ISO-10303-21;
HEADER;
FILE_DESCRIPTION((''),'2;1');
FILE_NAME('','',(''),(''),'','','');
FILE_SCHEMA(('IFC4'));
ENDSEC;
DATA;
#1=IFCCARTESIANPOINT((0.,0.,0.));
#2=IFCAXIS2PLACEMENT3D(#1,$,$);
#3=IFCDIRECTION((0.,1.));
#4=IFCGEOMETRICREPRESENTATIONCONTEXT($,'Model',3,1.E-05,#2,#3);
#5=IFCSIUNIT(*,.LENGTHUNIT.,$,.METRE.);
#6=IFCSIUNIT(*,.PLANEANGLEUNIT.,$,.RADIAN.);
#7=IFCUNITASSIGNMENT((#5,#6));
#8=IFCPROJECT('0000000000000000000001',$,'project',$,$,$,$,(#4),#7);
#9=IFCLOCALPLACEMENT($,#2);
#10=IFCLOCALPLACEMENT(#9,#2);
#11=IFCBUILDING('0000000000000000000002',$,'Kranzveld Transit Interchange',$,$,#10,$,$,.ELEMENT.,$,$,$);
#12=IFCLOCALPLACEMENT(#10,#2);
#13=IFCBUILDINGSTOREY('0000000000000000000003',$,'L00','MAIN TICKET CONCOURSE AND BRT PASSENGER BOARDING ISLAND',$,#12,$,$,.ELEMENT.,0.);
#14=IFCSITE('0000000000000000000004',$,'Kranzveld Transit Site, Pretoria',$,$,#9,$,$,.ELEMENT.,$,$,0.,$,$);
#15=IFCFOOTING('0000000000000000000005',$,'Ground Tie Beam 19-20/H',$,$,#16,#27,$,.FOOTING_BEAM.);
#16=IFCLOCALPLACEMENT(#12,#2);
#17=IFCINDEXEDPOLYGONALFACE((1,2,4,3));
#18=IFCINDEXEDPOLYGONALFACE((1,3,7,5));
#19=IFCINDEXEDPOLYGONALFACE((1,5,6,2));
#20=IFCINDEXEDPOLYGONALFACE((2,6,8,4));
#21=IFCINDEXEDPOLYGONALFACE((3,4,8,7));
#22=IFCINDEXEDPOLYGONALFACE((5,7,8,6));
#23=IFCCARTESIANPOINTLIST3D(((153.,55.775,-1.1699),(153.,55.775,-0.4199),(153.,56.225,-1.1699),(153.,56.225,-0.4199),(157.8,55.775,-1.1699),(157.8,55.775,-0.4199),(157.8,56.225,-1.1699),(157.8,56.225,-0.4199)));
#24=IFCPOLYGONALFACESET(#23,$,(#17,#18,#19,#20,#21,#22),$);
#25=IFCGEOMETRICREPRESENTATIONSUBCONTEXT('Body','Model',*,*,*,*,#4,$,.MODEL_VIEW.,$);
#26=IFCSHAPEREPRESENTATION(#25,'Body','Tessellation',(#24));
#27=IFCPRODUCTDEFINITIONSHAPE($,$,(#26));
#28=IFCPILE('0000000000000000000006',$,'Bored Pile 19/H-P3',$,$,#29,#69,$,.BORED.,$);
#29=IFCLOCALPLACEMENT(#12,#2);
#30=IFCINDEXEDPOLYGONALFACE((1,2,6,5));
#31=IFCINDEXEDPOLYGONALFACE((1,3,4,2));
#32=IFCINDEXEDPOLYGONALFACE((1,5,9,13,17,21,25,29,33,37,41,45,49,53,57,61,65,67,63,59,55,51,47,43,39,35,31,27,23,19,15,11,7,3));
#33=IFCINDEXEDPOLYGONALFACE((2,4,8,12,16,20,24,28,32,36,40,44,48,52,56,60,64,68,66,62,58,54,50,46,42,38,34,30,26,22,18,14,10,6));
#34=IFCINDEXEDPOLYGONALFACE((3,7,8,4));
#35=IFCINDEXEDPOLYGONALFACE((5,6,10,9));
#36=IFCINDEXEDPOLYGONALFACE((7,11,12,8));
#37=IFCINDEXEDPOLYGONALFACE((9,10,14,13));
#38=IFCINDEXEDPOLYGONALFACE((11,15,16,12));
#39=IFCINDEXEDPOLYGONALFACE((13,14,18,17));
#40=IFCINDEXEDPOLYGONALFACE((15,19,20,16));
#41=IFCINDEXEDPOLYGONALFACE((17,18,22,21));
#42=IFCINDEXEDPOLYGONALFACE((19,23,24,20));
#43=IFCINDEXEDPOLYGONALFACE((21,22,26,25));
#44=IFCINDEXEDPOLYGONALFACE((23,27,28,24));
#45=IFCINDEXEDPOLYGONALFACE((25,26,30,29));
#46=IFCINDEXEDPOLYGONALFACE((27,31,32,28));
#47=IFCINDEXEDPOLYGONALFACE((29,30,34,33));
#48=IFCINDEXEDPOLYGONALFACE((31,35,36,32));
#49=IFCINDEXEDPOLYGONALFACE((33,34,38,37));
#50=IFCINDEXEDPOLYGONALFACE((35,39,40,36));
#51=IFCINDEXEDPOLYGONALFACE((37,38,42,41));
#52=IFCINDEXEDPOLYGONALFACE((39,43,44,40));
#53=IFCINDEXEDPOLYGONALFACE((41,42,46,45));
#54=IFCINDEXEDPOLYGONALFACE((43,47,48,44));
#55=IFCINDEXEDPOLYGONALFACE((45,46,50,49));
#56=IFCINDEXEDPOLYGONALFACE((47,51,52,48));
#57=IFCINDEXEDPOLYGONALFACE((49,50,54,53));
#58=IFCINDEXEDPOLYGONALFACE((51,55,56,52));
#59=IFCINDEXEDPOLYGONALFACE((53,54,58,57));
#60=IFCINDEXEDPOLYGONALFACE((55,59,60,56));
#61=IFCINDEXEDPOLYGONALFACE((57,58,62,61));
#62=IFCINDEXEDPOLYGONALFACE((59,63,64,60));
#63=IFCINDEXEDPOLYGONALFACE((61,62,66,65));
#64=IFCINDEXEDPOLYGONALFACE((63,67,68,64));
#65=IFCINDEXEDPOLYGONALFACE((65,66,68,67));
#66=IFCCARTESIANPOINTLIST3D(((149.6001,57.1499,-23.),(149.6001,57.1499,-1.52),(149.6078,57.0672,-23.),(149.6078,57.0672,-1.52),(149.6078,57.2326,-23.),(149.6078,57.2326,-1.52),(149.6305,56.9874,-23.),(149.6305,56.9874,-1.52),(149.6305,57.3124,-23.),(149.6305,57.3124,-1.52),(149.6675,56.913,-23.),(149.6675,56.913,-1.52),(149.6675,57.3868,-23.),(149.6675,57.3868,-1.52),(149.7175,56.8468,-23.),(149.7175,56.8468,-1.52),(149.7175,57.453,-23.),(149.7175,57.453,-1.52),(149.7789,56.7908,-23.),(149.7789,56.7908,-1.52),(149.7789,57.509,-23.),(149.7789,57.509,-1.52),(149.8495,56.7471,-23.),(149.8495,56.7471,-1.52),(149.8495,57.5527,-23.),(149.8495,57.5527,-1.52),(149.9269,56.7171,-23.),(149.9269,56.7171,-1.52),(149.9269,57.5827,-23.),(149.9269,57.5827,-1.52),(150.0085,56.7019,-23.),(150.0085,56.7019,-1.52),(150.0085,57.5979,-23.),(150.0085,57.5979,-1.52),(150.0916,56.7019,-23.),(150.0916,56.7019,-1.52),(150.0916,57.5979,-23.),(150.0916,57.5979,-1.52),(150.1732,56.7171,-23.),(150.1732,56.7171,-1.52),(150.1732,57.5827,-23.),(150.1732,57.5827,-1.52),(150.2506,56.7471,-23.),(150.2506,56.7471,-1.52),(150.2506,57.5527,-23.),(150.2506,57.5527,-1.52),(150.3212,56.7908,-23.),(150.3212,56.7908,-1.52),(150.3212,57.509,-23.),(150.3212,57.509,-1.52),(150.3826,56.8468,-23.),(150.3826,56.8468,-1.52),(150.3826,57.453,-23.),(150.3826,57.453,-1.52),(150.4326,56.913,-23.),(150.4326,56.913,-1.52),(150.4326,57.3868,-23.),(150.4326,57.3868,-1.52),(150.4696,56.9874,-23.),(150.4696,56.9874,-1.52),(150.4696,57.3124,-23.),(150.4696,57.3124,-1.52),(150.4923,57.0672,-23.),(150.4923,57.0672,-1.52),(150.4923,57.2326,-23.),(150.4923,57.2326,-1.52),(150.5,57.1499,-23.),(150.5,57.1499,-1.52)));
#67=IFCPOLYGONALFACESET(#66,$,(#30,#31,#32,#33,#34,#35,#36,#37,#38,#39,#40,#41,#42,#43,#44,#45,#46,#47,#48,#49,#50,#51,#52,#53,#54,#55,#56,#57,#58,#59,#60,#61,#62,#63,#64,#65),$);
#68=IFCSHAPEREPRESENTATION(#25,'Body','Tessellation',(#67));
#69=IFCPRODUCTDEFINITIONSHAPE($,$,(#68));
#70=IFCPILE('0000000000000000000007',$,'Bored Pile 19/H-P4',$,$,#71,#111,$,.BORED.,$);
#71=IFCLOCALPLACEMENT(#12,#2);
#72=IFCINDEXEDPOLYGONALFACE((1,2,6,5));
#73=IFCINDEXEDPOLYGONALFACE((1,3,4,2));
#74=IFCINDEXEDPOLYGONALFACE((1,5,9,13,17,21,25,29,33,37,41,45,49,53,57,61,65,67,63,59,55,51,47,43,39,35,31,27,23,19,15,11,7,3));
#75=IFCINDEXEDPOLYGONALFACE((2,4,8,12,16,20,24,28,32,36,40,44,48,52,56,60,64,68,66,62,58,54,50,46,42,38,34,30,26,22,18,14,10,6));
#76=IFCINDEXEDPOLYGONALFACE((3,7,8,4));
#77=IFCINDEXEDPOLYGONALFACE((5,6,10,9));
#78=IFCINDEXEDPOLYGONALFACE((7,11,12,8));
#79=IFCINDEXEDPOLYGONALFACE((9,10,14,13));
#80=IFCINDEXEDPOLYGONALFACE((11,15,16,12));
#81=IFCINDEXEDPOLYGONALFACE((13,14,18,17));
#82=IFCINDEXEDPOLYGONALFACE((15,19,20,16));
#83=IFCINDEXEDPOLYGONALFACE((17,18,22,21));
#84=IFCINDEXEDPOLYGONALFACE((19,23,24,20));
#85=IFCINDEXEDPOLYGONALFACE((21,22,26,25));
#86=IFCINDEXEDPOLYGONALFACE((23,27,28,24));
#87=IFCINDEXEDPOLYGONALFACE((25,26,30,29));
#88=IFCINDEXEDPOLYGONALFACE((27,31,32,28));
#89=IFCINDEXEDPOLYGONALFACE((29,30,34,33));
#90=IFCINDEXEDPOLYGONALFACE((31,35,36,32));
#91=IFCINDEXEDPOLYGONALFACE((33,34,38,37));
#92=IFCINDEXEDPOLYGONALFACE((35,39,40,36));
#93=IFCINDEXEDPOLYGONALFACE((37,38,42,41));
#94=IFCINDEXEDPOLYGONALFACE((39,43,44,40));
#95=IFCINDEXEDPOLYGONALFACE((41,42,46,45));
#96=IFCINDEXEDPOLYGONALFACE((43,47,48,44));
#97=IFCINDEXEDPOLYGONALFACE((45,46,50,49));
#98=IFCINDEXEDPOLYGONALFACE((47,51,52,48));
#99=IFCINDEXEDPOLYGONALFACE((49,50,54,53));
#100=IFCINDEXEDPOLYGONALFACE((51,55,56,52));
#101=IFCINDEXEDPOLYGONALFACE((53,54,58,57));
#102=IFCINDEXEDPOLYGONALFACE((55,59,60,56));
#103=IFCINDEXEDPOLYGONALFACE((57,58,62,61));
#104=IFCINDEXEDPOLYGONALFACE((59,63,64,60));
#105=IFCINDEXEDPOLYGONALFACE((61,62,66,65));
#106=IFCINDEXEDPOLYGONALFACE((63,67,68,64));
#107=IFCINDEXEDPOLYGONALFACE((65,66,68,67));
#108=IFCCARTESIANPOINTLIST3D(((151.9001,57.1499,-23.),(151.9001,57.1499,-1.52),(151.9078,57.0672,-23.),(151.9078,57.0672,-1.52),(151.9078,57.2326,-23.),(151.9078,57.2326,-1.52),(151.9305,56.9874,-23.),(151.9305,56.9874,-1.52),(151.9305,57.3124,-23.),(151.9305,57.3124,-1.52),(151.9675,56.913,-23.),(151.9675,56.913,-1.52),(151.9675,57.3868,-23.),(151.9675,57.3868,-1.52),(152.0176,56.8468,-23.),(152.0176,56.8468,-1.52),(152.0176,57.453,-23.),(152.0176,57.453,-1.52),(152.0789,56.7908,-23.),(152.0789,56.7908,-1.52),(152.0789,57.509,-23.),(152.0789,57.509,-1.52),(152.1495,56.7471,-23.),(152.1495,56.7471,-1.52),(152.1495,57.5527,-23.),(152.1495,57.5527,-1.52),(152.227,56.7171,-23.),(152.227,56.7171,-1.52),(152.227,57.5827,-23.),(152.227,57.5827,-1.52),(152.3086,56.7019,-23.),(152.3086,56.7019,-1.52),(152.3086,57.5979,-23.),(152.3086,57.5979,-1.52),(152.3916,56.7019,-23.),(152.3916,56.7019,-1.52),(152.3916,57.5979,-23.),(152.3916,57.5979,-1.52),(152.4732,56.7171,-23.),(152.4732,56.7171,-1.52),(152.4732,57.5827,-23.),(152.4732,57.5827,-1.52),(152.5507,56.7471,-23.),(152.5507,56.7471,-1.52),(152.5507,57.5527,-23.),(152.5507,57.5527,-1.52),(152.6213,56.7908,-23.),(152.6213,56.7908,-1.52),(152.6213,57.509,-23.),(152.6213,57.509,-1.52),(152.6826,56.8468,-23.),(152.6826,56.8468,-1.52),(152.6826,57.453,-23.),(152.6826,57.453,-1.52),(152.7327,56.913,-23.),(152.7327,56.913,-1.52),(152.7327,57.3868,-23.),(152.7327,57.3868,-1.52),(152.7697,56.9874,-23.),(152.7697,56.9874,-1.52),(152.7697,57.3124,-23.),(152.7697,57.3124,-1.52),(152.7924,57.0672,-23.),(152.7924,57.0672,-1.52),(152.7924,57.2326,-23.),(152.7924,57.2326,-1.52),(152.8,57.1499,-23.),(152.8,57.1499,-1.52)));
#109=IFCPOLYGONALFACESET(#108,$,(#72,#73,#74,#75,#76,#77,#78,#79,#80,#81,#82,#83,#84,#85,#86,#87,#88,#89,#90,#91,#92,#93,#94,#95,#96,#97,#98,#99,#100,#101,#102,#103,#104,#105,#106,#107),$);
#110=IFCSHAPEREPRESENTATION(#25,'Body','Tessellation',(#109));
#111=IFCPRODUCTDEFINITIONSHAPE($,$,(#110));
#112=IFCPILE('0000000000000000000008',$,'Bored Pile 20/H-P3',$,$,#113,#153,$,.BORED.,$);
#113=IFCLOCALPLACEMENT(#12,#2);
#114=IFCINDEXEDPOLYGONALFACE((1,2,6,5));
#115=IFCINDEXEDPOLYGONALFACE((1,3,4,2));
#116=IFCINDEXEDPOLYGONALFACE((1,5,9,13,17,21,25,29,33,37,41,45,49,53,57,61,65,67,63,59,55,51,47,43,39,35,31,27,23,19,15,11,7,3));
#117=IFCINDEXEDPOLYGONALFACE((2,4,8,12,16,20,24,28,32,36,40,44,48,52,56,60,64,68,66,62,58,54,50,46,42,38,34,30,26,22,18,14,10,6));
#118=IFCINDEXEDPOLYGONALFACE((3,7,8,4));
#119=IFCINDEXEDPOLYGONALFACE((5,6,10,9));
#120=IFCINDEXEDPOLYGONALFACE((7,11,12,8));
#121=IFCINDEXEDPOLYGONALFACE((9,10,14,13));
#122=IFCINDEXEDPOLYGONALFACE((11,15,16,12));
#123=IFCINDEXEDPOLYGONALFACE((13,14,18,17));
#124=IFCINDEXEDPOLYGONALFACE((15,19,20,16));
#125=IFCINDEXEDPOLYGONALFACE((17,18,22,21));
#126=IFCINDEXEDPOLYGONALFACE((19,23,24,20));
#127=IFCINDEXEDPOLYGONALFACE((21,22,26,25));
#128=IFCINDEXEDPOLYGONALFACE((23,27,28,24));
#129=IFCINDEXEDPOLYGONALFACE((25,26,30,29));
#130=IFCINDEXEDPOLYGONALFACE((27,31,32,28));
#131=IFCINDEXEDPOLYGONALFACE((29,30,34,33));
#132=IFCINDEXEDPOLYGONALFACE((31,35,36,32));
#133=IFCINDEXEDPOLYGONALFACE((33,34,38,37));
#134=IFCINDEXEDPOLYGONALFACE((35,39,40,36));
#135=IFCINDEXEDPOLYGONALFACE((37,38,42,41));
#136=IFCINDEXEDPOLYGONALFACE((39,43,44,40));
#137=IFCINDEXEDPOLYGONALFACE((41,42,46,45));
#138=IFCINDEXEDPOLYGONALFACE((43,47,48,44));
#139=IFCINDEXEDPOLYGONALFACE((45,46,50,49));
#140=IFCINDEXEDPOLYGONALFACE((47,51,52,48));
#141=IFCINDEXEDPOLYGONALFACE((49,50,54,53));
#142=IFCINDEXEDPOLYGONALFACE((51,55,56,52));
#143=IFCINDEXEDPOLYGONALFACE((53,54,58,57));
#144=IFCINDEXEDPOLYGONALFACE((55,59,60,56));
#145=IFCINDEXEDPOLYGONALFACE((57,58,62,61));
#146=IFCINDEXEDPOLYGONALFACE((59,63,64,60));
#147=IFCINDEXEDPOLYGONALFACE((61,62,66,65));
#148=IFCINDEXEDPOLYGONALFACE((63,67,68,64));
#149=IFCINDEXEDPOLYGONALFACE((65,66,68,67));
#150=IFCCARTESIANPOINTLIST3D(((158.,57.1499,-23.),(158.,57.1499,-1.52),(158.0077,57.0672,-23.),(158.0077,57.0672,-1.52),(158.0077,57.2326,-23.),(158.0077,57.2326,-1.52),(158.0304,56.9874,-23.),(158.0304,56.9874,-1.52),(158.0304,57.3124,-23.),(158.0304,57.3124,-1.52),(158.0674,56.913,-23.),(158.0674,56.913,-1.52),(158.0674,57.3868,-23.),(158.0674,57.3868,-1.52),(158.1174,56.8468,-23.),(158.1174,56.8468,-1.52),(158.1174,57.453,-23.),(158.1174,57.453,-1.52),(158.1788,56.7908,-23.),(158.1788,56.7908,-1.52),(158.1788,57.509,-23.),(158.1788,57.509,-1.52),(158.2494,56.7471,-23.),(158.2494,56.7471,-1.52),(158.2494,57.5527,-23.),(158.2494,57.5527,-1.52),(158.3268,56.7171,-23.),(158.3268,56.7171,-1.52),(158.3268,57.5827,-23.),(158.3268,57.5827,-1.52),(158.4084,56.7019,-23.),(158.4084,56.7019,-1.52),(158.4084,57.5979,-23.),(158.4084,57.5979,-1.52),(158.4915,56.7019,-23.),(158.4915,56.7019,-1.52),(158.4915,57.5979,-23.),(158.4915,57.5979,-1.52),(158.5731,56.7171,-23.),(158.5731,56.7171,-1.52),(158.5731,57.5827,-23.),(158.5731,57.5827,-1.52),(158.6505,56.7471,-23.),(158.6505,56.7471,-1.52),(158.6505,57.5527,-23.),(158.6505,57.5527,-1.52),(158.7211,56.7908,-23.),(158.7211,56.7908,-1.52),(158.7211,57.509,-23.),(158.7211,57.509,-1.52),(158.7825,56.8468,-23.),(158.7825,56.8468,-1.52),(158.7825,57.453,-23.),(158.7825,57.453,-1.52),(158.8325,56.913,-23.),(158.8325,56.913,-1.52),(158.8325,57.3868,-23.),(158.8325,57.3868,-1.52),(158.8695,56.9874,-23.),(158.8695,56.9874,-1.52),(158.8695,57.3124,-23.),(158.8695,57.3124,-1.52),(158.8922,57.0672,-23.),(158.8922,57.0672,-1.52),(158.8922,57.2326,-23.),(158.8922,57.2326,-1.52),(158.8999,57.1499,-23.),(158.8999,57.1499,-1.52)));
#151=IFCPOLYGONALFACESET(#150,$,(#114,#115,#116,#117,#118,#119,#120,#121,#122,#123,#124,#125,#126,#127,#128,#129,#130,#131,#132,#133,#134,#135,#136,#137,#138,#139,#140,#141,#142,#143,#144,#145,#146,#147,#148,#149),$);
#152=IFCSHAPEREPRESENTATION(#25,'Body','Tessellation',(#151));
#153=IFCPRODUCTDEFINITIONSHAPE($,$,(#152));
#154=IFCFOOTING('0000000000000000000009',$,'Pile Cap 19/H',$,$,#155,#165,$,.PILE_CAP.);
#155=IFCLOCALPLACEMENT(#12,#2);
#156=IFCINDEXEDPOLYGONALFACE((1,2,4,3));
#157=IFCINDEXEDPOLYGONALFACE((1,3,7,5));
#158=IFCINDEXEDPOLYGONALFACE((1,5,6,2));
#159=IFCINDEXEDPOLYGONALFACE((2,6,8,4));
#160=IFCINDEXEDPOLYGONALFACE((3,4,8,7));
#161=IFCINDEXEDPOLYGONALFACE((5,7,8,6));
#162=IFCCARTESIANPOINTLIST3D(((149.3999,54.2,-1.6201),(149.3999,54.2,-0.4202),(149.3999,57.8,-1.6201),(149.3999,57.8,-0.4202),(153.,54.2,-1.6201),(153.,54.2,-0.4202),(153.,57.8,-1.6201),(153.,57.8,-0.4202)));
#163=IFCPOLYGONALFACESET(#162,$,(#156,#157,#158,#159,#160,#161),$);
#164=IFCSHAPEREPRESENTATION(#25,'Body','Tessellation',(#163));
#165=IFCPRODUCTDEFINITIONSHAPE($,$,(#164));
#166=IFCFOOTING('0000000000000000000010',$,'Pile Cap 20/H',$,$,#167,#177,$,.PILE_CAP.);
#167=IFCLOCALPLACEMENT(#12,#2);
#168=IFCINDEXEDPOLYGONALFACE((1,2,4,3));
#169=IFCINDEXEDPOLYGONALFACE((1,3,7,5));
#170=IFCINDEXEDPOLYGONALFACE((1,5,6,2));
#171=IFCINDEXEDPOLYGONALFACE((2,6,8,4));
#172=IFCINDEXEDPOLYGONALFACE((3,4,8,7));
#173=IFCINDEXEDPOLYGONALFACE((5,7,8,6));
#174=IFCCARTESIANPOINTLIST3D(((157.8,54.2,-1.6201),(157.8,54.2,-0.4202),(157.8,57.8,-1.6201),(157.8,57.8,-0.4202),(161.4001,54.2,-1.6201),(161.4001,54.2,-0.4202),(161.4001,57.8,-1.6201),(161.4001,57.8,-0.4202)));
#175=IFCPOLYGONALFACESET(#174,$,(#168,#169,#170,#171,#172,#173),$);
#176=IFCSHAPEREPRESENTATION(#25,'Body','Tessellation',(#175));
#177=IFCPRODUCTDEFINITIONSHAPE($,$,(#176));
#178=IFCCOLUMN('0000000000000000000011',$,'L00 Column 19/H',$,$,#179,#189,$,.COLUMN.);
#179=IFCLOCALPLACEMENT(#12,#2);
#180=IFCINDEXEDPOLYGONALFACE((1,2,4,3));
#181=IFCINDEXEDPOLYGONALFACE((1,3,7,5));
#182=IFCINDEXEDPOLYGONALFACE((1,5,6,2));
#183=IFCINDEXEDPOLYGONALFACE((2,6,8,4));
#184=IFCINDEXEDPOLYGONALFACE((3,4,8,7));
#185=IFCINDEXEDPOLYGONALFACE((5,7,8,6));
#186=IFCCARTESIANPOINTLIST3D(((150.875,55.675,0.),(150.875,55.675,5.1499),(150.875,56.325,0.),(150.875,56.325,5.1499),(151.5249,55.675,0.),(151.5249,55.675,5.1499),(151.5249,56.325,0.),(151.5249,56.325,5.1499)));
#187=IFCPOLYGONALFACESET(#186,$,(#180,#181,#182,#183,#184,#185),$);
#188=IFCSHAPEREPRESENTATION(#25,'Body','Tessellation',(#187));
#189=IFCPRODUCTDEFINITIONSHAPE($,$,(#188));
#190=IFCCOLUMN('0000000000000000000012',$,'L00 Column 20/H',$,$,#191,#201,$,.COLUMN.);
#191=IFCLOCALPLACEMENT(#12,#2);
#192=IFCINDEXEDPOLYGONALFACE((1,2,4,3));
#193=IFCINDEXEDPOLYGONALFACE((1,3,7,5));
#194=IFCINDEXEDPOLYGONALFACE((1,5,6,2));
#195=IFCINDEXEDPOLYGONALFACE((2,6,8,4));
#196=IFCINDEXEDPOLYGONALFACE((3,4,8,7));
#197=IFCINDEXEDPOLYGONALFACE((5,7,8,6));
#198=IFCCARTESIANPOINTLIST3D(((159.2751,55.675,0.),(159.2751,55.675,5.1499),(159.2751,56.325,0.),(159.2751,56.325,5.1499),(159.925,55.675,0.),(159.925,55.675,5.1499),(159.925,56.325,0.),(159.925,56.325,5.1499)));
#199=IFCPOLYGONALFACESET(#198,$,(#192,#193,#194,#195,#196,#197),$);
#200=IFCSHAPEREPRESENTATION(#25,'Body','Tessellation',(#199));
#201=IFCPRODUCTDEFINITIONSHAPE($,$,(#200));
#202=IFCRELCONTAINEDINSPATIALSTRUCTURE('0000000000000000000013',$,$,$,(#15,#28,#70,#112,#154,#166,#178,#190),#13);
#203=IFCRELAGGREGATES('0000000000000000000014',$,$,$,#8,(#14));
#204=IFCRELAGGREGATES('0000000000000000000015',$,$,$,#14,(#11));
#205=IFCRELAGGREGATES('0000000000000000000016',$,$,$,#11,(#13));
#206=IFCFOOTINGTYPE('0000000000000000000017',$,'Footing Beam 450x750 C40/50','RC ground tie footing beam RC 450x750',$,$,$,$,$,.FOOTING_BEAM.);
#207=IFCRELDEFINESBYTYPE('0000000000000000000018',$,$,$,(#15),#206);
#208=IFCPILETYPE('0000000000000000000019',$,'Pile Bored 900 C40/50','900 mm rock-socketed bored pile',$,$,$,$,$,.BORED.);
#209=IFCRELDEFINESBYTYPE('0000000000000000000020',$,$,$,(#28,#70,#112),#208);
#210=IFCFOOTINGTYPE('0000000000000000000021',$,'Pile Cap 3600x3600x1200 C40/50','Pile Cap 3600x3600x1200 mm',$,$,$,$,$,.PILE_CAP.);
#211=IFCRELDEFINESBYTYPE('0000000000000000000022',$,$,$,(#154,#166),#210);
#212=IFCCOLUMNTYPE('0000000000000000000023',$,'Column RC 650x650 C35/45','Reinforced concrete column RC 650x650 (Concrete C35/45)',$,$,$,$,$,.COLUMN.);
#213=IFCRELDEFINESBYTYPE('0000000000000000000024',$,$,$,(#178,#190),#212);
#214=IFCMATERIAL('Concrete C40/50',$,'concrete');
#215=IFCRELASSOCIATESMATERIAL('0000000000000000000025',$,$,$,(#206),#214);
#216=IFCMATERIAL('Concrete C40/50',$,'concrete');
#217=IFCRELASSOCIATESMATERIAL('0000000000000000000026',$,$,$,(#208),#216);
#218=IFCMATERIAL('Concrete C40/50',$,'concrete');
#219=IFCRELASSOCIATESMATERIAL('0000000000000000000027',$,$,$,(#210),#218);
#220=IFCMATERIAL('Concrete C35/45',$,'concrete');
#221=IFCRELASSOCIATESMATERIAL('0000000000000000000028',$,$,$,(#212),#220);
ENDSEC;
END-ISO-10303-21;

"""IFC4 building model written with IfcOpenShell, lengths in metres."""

from ifc_helpers import new_model, si_unit, direction, frame, origin, origin_2d, place, context, subcontext, project, spatial, rectangle, circle, extrude, material, material_profile, profile_set, type_object, element, save


model = new_model("IFC4")

# Units and contexts
model_context = context("Model", 3, precision=1e-05, world=origin(), true_north=direction((0.0, 1.0)))
body_context = subcontext(model_context, "Body", "Model", "MODEL_VIEW")
ifc_project = project(units=[si_unit("LENGTHUNIT", "METRE"), si_unit("PLANEANGLEUNIT", "RADIAN")], contexts=[model_context])

# Site, building, storey
site_placement = place(None, origin())
site = spatial("IfcSite", under=ifc_project, at=site_placement, Name="Kranzveld Transit Site, Pretoria", CompositionType="ELEMENT", RefElevation=0.0)
building_placement = place(site_placement, origin())
building = spatial("IfcBuilding", under=site, at=building_placement, Name="Kranzveld Transit Interchange", CompositionType="ELEMENT")
storey_placement = place(building_placement, origin())
storey = spatial("IfcBuildingStorey", under=building, at=storey_placement, Name="L00", Description="MAIN TICKET CONCOURSE AND BRT PASSENGER BOARDING ISLAND", CompositionType="ELEMENT", Elevation=0.0)

# Footing
ifc_material_1 = material(Name="Concrete C40/50", Category="concrete")
ifc_material_profile_1 = material_profile(ifc_material_1, rectangle(XDim=0.45, YDim=0.75, at=origin_2d()), Name="RC 450x750")
ifc_profile_set_1 = profile_set([ifc_material_profile_1], Name="Concrete C40/50")
footing_type_1 = type_object("IfcFootingType", Name="Footing Beam 450x750 C40/50", Description="RC ground tie footing beam RC 450x750", PredefinedType="FOOTING_BEAM", material=ifc_profile_set_1)
footing_placement = place(storey_placement, frame((153.0, 56.0, -0.7949), z_axis=(1.0, 0.0, 0.0), x_axis=(0.0, 1.0, 0.0)))
element("IfcFooting", 1, at=footing_placement, inside=storey, type_object=footing_type_1, Name="Ground Tie Beam 19-20/H", PredefinedType="FOOTING_BEAM", context=body_context, shape_type="SweptSolid", body=[
    extrude(rectangle(XDim=0.45, YDim=0.75, at=origin_2d()), origin(), (0.0, 0.0, 1.0), 4.8),
])

# Piles
ifc_material_2 = material(Name="Concrete C40/50", Category="concrete")
ifc_material_profile_2 = material_profile(ifc_material_2, circle(Radius=0.45, at=origin_2d()), Name="BORED PILE 900")
ifc_profile_set_2 = profile_set([ifc_material_profile_2], Name="Concrete C40/50")
pile_type = type_object("IfcPileType", Name="Pile Bored 900 C40/50", Description="900 mm rock-socketed bored pile", PredefinedType="BORED", material=ifc_profile_set_2)
for number, where, z_axis, x_axis, name in (
    (2, (150.05, 57.1499, -1.52), (0.0, 0.0, -1.0), (1.0, 0.0, 0.0), "Bored Pile 19/H-P3"),
    (3, (152.3501, 57.1499, -1.52), (0.0, 0.0, -1.0), (1.0, 0.0, 0.0), "Bored Pile 19/H-P4"),
    (4, (158.45, 57.1499, -1.52), (0.0, 0.0, -1.0), (1.0, 0.0, 0.0), "Bored Pile 20/H-P3"),
):
    element("IfcPile", number, at=place(storey_placement, frame(where, z_axis=z_axis, x_axis=x_axis)), inside=storey, type_object=pile_type, Name=name, PredefinedType="BORED", context=body_context, shape_type="SweptSolid", body=[
        extrude(circle(Radius=0.45, at=origin_2d()), origin(), (0.0, 0.0, 1.0), 21.48),
    ])

# Footings
ifc_material_3 = material(Name="Concrete C40/50", Category="concrete")
footing_type_2 = type_object("IfcFootingType", Name="Pile Cap 3600x3600x1200 C40/50", Description="Pile Cap 3600x3600x1200 mm", PredefinedType="PILE_CAP", material=ifc_material_3)
for number, where, z_axis, x_axis, name in (
    (5, (151.2, 56.0, -1.6201), (0.0, 0.0, 1.0), (1.0, 0.0, 0.0), "Pile Cap 19/H"),
    (6, (159.6001, 56.0, -1.6201), (0.0, 0.0, 1.0), (1.0, 0.0, 0.0), "Pile Cap 20/H"),
):
    element("IfcFooting", number, at=place(storey_placement, frame(where, z_axis=z_axis, x_axis=x_axis)), inside=storey, type_object=footing_type_2, Name=name, PredefinedType="PILE_CAP", context=body_context, shape_type="SweptSolid", body=[
        extrude(rectangle(XDim=3.6001, YDim=3.6001, at=origin_2d()), origin(), (0.0, 0.0, 1.0), 1.2),
    ])

# Columns
ifc_material_4 = material(Name="Concrete C35/45", Category="concrete")
ifc_material_profile_3 = material_profile(ifc_material_4, rectangle(XDim=0.6499, YDim=0.6499, at=origin_2d()), Name="RC 650x650")
ifc_profile_set_3 = profile_set([ifc_material_profile_3], Name="Concrete C35/45")
column_type = type_object("IfcColumnType", Name="Column RC 650x650 C35/45", Description="Reinforced concrete column RC 650x650 (Concrete C35/45)", PredefinedType="COLUMN", material=ifc_profile_set_3)
for number, where, z_axis, x_axis, name in (
    (7, (151.2, 56.0, 0.0), (0.0, 0.0, 1.0), (1.0, 0.0, 0.0), "L00 Column 19/H"),
    (8, (159.6001, 56.0, 0.0), (0.0, 0.0, 1.0), (1.0, 0.0, 0.0), "L00 Column 20/H"),
):
    element("IfcColumn", number, at=place(storey_placement, frame(where, z_axis=z_axis, x_axis=x_axis)), inside=storey, type_object=column_type, Name=name, PredefinedType="COLUMN", context=body_context, shape_type="SweptSolid", body=[
        extrude(rectangle(XDim=0.6499, YDim=0.6499, at=origin_2d()), origin(), (0.0, 0.0, 1.0), 5.1499),
    ])

save(model, "model.ifc")
